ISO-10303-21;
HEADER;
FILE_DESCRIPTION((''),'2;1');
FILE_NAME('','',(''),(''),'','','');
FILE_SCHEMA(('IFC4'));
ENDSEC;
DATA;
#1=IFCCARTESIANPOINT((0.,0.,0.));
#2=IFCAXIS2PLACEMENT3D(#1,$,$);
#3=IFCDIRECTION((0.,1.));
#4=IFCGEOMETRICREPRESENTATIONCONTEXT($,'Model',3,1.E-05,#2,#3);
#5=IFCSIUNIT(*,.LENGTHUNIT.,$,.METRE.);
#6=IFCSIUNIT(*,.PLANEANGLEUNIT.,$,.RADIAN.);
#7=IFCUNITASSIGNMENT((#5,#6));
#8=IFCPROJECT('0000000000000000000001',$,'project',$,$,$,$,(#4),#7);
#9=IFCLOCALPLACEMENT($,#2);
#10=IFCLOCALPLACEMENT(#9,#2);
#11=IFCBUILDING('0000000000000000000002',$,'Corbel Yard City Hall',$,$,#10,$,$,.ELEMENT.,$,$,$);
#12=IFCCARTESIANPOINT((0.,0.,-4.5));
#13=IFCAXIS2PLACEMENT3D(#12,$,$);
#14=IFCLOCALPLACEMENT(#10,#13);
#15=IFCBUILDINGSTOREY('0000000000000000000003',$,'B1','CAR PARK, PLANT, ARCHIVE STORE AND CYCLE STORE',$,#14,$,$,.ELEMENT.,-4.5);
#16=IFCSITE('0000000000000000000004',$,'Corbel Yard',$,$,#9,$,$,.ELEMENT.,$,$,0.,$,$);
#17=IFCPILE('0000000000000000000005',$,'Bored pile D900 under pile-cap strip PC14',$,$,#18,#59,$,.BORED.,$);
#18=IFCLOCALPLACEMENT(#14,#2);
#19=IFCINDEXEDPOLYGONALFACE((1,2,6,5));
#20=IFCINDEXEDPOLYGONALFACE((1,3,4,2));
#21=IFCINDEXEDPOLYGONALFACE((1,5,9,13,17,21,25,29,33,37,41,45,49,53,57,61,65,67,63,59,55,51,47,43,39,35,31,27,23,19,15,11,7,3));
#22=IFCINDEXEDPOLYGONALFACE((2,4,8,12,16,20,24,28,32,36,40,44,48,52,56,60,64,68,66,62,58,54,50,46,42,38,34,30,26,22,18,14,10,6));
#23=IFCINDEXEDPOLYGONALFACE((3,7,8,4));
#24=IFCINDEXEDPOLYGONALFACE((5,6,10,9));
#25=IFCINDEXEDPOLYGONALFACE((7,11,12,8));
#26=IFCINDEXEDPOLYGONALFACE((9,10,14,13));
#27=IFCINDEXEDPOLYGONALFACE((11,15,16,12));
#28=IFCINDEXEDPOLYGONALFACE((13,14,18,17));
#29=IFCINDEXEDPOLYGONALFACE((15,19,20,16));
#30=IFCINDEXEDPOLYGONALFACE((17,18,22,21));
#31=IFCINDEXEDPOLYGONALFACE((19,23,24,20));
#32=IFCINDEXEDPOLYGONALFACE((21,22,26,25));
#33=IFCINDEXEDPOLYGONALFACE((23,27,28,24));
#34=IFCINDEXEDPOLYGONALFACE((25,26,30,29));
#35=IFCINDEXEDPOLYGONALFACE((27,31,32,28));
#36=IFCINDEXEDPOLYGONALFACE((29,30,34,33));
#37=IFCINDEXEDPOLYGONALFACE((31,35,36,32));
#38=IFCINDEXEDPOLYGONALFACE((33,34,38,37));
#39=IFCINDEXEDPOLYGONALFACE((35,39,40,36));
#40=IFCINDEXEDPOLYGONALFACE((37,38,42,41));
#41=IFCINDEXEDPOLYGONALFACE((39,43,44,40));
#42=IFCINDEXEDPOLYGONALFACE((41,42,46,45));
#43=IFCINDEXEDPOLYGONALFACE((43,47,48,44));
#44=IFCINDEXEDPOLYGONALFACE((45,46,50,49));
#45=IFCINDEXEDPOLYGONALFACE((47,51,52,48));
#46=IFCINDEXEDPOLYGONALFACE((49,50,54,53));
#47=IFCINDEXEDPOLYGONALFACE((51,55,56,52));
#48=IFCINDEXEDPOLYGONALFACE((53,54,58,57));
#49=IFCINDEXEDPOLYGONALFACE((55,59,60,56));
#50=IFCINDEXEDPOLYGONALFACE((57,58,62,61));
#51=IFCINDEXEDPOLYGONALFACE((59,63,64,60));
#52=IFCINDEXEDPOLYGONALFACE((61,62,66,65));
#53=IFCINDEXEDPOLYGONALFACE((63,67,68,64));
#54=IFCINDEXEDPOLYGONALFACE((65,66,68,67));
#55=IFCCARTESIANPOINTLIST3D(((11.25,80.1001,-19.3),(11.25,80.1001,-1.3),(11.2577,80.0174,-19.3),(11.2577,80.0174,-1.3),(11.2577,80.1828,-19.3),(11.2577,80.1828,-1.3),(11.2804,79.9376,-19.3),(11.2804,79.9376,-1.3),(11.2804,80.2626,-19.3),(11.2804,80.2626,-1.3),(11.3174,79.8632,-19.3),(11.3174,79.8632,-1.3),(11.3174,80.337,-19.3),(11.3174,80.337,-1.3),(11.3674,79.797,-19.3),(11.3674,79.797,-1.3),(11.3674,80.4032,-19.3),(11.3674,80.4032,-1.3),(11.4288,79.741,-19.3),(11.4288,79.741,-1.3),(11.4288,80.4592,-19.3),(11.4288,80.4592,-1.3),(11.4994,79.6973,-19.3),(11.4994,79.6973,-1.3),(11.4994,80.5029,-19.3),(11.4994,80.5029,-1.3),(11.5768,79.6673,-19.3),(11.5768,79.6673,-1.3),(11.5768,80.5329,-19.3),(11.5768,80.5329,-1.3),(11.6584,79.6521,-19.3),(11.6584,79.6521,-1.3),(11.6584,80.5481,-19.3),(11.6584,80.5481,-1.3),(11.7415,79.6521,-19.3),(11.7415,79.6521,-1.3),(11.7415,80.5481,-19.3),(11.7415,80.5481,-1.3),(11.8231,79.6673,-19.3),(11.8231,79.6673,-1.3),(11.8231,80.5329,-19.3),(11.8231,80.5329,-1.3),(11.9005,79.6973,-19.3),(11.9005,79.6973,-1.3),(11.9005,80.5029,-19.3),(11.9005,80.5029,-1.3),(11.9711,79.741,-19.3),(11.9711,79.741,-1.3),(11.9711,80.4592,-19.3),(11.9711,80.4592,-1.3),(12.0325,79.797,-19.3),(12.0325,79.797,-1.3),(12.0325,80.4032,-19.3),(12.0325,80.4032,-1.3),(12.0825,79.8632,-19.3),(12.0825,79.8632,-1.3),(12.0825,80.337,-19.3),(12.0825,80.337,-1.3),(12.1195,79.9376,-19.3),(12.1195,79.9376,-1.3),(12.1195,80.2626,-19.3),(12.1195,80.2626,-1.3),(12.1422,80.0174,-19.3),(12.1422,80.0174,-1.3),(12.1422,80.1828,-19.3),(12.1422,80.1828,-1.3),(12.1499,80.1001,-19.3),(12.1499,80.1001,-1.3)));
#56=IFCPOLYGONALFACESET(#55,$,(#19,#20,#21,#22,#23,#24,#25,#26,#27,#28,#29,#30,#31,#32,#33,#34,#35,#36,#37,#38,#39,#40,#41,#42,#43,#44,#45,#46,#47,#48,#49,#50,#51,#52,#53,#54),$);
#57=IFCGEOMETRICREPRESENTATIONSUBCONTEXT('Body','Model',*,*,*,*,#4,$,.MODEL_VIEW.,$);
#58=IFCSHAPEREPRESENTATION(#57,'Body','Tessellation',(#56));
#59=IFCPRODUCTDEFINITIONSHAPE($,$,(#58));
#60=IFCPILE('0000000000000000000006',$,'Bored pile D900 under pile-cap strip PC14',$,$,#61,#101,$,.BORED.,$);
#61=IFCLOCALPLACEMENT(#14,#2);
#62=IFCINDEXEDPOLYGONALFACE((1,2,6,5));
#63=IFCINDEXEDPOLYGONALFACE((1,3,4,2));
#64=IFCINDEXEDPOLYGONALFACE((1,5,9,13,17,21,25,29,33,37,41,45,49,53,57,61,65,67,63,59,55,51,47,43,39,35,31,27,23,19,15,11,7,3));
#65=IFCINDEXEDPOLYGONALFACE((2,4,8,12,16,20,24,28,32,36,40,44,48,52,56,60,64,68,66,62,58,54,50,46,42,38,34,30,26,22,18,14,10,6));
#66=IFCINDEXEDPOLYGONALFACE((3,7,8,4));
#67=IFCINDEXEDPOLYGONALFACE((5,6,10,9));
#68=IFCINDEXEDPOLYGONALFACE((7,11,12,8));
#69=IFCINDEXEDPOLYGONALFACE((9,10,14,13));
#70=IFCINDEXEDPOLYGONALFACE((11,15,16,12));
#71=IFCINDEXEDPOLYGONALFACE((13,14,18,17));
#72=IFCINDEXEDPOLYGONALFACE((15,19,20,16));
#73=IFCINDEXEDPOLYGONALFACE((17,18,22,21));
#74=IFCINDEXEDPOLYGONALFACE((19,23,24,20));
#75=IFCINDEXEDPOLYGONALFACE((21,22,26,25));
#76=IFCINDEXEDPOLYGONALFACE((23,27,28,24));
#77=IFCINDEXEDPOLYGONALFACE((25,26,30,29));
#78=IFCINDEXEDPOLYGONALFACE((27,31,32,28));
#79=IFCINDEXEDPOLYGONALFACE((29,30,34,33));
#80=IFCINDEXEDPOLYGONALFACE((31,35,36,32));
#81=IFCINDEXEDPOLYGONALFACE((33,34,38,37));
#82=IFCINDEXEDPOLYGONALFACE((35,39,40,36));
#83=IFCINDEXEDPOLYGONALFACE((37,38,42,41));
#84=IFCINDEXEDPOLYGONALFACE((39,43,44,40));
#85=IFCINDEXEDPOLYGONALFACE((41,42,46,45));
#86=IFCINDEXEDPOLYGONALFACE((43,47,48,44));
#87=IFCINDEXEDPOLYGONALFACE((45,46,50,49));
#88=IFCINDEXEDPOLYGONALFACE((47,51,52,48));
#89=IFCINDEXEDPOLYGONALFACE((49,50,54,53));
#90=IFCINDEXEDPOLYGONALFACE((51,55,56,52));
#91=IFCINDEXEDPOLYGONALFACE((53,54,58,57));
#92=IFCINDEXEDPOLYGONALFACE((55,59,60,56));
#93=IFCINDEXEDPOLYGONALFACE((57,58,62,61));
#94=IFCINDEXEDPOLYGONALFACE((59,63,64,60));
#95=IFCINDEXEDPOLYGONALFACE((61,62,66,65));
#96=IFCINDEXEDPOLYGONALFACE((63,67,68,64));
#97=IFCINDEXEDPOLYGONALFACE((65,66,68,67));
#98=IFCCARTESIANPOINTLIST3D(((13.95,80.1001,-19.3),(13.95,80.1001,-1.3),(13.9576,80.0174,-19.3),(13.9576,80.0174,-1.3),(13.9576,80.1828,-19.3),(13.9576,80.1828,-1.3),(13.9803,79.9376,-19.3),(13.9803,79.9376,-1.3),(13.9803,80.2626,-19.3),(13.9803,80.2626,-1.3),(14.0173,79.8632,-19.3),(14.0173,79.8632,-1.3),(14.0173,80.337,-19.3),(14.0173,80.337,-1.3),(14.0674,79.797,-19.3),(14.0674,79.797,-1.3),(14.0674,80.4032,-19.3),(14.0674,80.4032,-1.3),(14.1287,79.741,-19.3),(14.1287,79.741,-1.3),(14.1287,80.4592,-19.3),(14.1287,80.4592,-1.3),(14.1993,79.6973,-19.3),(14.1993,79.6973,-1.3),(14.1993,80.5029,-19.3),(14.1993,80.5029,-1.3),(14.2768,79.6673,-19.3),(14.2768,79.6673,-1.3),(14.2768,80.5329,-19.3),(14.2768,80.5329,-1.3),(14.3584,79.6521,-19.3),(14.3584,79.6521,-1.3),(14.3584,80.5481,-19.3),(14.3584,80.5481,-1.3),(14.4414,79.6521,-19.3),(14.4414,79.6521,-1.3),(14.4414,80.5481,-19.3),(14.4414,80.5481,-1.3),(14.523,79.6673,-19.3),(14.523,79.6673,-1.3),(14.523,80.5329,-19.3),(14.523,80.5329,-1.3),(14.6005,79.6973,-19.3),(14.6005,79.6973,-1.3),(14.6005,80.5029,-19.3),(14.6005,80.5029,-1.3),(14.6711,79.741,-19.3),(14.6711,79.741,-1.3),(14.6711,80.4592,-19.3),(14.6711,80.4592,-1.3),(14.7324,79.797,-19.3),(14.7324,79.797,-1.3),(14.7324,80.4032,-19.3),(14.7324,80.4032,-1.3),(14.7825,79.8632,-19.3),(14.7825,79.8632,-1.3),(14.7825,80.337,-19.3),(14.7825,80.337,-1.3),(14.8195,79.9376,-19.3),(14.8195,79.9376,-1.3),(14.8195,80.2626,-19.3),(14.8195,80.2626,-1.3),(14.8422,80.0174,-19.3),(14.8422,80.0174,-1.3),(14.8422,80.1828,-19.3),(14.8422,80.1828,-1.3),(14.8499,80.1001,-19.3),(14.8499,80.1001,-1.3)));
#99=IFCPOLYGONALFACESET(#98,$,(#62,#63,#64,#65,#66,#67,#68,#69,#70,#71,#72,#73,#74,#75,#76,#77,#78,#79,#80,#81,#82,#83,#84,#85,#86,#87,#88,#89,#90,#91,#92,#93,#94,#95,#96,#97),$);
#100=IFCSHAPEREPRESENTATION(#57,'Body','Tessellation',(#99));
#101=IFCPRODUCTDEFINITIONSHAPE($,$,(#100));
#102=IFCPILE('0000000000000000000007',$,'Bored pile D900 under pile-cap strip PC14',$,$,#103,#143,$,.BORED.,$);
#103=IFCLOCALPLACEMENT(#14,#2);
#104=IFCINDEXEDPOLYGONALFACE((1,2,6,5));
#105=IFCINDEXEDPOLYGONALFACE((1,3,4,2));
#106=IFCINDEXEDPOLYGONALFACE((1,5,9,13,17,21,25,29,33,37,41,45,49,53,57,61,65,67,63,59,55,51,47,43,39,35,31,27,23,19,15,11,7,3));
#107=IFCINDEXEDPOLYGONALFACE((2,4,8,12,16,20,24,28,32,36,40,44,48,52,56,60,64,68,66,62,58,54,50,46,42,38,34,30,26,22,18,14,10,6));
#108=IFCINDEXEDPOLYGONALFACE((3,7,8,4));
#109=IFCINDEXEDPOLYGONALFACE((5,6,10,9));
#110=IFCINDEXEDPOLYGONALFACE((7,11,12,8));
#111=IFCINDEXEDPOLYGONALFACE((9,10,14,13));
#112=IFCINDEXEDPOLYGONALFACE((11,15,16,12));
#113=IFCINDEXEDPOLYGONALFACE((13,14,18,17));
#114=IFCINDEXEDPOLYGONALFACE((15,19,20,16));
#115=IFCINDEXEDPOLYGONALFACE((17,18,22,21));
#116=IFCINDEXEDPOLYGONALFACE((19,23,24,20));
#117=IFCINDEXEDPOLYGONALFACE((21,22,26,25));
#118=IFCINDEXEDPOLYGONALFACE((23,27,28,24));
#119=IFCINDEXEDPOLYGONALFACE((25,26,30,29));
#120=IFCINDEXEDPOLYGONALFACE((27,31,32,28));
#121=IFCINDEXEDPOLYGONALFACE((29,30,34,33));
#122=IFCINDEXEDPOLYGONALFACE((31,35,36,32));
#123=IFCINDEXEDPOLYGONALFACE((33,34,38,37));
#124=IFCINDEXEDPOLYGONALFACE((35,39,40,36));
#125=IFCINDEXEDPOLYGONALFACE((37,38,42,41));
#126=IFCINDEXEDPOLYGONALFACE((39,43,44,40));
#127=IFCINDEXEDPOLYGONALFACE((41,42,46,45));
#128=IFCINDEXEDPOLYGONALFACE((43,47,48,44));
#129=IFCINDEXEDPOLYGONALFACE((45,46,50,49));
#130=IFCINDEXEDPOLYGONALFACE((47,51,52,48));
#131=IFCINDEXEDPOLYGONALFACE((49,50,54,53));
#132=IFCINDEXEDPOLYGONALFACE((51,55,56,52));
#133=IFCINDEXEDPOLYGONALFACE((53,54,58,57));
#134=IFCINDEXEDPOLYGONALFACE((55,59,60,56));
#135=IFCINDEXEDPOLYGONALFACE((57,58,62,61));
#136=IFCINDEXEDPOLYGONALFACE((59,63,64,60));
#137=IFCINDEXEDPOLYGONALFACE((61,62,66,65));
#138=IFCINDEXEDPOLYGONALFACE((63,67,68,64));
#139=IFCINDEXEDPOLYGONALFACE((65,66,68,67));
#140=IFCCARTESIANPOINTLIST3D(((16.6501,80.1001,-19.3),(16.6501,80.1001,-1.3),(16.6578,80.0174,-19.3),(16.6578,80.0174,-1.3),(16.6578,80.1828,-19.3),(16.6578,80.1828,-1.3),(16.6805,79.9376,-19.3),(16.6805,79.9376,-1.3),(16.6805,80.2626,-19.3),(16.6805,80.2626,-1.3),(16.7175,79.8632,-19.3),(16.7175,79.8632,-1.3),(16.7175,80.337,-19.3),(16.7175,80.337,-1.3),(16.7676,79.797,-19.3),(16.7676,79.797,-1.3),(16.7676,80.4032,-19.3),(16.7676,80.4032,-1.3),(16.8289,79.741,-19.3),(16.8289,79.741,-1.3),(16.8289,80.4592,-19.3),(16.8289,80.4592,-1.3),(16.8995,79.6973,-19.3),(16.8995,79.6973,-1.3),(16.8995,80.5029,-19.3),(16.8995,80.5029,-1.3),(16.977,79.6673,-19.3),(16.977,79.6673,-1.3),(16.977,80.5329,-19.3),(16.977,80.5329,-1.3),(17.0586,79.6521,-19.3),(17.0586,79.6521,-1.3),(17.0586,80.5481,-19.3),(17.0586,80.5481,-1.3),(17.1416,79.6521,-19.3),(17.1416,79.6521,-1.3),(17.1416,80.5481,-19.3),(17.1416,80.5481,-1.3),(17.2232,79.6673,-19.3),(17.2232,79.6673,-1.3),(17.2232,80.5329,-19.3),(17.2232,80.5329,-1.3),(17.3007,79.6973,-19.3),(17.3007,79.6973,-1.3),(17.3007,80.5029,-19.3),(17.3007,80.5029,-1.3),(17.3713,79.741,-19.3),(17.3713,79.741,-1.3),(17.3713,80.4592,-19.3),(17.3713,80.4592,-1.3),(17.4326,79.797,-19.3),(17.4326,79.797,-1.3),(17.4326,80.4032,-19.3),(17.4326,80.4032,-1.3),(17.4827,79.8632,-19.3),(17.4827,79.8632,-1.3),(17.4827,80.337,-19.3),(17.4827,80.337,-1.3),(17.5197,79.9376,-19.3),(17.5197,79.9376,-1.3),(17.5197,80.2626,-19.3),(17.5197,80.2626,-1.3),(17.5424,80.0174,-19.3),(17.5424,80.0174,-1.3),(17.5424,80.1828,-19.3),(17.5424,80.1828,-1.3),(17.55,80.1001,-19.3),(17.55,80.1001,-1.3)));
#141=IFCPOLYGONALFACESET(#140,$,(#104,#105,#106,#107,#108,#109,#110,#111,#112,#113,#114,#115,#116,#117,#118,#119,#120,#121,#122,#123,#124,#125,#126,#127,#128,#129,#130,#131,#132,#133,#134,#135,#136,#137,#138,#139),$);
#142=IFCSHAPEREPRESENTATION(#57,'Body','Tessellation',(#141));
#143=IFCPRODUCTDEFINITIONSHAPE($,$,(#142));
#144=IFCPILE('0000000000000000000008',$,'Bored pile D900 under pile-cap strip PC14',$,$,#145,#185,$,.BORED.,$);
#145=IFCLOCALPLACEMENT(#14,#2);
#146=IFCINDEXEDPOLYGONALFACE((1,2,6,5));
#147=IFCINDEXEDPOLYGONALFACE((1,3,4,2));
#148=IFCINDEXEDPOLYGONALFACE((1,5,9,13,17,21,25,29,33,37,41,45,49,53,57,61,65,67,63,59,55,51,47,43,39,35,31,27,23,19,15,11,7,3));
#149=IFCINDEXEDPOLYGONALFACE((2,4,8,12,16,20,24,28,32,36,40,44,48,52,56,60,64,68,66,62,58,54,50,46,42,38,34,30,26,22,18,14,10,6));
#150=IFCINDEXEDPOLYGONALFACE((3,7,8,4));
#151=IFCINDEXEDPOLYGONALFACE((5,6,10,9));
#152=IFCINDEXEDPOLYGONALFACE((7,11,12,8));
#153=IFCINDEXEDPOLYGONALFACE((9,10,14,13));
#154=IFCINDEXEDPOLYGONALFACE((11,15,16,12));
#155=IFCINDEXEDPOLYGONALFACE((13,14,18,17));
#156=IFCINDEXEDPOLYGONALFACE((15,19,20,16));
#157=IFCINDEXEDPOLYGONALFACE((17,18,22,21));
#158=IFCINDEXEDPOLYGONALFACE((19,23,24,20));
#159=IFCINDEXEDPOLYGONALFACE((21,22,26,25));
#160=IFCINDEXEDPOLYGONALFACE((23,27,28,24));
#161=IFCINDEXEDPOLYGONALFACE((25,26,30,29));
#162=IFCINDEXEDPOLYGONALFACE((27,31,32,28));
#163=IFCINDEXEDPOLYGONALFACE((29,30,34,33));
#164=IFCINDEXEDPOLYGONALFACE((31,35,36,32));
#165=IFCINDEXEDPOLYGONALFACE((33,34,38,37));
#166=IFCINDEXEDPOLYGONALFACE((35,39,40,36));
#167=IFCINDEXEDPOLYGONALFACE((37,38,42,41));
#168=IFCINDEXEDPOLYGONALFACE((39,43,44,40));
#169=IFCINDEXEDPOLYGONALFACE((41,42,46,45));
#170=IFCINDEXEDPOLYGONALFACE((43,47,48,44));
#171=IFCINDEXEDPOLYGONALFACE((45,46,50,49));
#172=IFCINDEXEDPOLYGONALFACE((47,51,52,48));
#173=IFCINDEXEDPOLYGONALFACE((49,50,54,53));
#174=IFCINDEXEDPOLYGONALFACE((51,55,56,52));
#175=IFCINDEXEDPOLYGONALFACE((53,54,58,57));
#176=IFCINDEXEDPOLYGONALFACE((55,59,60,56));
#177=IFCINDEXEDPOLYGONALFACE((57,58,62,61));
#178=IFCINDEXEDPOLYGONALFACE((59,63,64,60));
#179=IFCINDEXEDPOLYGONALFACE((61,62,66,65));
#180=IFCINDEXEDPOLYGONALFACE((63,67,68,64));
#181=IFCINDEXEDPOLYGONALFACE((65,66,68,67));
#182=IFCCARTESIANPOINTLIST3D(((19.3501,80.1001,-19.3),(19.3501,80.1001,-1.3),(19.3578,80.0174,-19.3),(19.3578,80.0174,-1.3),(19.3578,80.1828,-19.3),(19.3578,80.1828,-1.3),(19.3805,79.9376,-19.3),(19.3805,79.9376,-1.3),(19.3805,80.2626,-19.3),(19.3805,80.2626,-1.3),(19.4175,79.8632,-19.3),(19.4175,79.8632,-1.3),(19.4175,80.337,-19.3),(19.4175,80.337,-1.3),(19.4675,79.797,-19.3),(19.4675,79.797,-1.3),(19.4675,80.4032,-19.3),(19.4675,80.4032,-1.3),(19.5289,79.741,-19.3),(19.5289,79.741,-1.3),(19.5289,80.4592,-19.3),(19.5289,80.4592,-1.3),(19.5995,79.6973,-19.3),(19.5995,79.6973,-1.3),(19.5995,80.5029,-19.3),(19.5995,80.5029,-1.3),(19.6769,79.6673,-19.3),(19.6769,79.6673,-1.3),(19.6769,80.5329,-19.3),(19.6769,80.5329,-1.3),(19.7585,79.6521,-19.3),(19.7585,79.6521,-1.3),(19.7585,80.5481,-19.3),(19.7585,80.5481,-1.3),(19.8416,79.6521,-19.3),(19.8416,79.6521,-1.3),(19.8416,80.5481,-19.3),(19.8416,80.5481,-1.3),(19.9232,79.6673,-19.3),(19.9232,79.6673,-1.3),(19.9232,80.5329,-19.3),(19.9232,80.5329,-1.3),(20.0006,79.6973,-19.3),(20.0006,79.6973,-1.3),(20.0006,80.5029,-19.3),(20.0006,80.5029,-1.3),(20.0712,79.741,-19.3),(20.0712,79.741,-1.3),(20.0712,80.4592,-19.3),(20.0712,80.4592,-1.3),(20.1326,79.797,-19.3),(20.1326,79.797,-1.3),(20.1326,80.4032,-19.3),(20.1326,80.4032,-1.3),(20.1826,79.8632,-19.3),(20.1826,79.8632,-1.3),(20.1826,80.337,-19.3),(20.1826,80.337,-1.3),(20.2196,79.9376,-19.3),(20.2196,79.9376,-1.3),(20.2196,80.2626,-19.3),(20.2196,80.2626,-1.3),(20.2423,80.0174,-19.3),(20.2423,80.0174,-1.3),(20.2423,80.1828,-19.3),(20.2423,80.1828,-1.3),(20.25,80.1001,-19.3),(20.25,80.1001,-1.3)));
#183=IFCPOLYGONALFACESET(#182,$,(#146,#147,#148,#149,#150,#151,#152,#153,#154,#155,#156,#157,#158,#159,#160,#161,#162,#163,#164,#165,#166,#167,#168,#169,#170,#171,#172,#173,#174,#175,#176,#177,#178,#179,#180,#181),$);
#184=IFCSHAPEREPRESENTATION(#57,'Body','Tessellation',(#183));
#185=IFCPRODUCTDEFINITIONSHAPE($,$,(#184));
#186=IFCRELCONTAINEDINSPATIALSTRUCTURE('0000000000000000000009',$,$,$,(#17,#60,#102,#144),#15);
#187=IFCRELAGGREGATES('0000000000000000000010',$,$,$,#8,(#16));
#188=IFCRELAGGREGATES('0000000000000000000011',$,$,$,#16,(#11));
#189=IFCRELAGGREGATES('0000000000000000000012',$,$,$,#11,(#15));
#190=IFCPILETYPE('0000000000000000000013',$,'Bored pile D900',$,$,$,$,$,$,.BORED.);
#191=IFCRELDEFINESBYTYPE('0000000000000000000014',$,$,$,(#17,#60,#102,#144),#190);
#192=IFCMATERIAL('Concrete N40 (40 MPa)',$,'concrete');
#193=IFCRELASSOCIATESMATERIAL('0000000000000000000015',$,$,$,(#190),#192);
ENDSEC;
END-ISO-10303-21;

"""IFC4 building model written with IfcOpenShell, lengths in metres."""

from ifc_helpers import new_model, si_unit, direction, frame, origin, origin_2d, place, context, subcontext, project, spatial, circle, extrude, material, material_profile, profile_set, type_object, element, save


model = new_model("IFC4")

# Units and contexts
model_context = context("Model", 3, precision=1e-05, world=origin(), true_north=direction((0.0, 1.0)))
body_context = subcontext(model_context, "Body", "Model", "MODEL_VIEW")
ifc_project = project(units=[si_unit("LENGTHUNIT", "METRE"), si_unit("PLANEANGLEUNIT", "RADIAN")], contexts=[model_context])

# Site, building, storey
site_placement = place(None, origin())
site = spatial("IfcSite", under=ifc_project, at=site_placement, Name="Corbel Yard", CompositionType="ELEMENT", RefElevation=0.0)
building_placement = place(site_placement, origin())
building = spatial("IfcBuilding", under=site, at=building_placement, Name="Corbel Yard City Hall", CompositionType="ELEMENT")
storey_placement = place(building_placement, frame((0.0, 0.0, -4.5)))
storey = spatial("IfcBuildingStorey", under=building, at=storey_placement, Name="B1", Description="CAR PARK, PLANT, ARCHIVE STORE AND CYCLE STORE", CompositionType="ELEMENT", Elevation=-4.5)

# Piles
ifc_material = material(Name="Concrete N40 (40 MPa)", Category="concrete")
ifc_material_profile = material_profile(ifc_material, circle(Radius=0.45, at=origin_2d()), Name="D900")
ifc_profile_set = profile_set([ifc_material_profile], Name="Concrete N40 (40 MPa)")
pile_type = type_object("IfcPileType", Name="Bored pile D900", PredefinedType="BORED", material=ifc_profile_set)
for number, where, z_axis, x_axis, name in (
    (1, (11.7, 80.1001, -1.3), (0.0, 0.0, -1.0), (1.0, 0.0, 0.0), "Bored pile D900 under pile-cap strip PC14"),
    (2, (14.3999, 80.1001, -1.3), (0.0, 0.0, -1.0), (1.0, 0.0, 0.0), "Bored pile D900 under pile-cap strip PC14"),
    (3, (17.1001, 80.1001, -1.3), (0.0, 0.0, -1.0), (1.0, 0.0, 0.0), "Bored pile D900 under pile-cap strip PC14"),
    (4, (19.8, 80.1001, -1.3), (0.0, 0.0, -1.0), (1.0, 0.0, 0.0), "Bored pile D900 under pile-cap strip PC14"),
):
    element("IfcPile", number, at=place(storey_placement, frame(where, z_axis=z_axis, x_axis=x_axis)), inside=storey, type_object=pile_type, Name=name, PredefinedType="BORED", context=body_context, shape_type="SweptSolid", body=[
        extrude(circle(Radius=0.45, at=origin_2d()), origin(), (0.0, 0.0, 1.0), 18.0),
    ])

save(model, "model.ifc")
